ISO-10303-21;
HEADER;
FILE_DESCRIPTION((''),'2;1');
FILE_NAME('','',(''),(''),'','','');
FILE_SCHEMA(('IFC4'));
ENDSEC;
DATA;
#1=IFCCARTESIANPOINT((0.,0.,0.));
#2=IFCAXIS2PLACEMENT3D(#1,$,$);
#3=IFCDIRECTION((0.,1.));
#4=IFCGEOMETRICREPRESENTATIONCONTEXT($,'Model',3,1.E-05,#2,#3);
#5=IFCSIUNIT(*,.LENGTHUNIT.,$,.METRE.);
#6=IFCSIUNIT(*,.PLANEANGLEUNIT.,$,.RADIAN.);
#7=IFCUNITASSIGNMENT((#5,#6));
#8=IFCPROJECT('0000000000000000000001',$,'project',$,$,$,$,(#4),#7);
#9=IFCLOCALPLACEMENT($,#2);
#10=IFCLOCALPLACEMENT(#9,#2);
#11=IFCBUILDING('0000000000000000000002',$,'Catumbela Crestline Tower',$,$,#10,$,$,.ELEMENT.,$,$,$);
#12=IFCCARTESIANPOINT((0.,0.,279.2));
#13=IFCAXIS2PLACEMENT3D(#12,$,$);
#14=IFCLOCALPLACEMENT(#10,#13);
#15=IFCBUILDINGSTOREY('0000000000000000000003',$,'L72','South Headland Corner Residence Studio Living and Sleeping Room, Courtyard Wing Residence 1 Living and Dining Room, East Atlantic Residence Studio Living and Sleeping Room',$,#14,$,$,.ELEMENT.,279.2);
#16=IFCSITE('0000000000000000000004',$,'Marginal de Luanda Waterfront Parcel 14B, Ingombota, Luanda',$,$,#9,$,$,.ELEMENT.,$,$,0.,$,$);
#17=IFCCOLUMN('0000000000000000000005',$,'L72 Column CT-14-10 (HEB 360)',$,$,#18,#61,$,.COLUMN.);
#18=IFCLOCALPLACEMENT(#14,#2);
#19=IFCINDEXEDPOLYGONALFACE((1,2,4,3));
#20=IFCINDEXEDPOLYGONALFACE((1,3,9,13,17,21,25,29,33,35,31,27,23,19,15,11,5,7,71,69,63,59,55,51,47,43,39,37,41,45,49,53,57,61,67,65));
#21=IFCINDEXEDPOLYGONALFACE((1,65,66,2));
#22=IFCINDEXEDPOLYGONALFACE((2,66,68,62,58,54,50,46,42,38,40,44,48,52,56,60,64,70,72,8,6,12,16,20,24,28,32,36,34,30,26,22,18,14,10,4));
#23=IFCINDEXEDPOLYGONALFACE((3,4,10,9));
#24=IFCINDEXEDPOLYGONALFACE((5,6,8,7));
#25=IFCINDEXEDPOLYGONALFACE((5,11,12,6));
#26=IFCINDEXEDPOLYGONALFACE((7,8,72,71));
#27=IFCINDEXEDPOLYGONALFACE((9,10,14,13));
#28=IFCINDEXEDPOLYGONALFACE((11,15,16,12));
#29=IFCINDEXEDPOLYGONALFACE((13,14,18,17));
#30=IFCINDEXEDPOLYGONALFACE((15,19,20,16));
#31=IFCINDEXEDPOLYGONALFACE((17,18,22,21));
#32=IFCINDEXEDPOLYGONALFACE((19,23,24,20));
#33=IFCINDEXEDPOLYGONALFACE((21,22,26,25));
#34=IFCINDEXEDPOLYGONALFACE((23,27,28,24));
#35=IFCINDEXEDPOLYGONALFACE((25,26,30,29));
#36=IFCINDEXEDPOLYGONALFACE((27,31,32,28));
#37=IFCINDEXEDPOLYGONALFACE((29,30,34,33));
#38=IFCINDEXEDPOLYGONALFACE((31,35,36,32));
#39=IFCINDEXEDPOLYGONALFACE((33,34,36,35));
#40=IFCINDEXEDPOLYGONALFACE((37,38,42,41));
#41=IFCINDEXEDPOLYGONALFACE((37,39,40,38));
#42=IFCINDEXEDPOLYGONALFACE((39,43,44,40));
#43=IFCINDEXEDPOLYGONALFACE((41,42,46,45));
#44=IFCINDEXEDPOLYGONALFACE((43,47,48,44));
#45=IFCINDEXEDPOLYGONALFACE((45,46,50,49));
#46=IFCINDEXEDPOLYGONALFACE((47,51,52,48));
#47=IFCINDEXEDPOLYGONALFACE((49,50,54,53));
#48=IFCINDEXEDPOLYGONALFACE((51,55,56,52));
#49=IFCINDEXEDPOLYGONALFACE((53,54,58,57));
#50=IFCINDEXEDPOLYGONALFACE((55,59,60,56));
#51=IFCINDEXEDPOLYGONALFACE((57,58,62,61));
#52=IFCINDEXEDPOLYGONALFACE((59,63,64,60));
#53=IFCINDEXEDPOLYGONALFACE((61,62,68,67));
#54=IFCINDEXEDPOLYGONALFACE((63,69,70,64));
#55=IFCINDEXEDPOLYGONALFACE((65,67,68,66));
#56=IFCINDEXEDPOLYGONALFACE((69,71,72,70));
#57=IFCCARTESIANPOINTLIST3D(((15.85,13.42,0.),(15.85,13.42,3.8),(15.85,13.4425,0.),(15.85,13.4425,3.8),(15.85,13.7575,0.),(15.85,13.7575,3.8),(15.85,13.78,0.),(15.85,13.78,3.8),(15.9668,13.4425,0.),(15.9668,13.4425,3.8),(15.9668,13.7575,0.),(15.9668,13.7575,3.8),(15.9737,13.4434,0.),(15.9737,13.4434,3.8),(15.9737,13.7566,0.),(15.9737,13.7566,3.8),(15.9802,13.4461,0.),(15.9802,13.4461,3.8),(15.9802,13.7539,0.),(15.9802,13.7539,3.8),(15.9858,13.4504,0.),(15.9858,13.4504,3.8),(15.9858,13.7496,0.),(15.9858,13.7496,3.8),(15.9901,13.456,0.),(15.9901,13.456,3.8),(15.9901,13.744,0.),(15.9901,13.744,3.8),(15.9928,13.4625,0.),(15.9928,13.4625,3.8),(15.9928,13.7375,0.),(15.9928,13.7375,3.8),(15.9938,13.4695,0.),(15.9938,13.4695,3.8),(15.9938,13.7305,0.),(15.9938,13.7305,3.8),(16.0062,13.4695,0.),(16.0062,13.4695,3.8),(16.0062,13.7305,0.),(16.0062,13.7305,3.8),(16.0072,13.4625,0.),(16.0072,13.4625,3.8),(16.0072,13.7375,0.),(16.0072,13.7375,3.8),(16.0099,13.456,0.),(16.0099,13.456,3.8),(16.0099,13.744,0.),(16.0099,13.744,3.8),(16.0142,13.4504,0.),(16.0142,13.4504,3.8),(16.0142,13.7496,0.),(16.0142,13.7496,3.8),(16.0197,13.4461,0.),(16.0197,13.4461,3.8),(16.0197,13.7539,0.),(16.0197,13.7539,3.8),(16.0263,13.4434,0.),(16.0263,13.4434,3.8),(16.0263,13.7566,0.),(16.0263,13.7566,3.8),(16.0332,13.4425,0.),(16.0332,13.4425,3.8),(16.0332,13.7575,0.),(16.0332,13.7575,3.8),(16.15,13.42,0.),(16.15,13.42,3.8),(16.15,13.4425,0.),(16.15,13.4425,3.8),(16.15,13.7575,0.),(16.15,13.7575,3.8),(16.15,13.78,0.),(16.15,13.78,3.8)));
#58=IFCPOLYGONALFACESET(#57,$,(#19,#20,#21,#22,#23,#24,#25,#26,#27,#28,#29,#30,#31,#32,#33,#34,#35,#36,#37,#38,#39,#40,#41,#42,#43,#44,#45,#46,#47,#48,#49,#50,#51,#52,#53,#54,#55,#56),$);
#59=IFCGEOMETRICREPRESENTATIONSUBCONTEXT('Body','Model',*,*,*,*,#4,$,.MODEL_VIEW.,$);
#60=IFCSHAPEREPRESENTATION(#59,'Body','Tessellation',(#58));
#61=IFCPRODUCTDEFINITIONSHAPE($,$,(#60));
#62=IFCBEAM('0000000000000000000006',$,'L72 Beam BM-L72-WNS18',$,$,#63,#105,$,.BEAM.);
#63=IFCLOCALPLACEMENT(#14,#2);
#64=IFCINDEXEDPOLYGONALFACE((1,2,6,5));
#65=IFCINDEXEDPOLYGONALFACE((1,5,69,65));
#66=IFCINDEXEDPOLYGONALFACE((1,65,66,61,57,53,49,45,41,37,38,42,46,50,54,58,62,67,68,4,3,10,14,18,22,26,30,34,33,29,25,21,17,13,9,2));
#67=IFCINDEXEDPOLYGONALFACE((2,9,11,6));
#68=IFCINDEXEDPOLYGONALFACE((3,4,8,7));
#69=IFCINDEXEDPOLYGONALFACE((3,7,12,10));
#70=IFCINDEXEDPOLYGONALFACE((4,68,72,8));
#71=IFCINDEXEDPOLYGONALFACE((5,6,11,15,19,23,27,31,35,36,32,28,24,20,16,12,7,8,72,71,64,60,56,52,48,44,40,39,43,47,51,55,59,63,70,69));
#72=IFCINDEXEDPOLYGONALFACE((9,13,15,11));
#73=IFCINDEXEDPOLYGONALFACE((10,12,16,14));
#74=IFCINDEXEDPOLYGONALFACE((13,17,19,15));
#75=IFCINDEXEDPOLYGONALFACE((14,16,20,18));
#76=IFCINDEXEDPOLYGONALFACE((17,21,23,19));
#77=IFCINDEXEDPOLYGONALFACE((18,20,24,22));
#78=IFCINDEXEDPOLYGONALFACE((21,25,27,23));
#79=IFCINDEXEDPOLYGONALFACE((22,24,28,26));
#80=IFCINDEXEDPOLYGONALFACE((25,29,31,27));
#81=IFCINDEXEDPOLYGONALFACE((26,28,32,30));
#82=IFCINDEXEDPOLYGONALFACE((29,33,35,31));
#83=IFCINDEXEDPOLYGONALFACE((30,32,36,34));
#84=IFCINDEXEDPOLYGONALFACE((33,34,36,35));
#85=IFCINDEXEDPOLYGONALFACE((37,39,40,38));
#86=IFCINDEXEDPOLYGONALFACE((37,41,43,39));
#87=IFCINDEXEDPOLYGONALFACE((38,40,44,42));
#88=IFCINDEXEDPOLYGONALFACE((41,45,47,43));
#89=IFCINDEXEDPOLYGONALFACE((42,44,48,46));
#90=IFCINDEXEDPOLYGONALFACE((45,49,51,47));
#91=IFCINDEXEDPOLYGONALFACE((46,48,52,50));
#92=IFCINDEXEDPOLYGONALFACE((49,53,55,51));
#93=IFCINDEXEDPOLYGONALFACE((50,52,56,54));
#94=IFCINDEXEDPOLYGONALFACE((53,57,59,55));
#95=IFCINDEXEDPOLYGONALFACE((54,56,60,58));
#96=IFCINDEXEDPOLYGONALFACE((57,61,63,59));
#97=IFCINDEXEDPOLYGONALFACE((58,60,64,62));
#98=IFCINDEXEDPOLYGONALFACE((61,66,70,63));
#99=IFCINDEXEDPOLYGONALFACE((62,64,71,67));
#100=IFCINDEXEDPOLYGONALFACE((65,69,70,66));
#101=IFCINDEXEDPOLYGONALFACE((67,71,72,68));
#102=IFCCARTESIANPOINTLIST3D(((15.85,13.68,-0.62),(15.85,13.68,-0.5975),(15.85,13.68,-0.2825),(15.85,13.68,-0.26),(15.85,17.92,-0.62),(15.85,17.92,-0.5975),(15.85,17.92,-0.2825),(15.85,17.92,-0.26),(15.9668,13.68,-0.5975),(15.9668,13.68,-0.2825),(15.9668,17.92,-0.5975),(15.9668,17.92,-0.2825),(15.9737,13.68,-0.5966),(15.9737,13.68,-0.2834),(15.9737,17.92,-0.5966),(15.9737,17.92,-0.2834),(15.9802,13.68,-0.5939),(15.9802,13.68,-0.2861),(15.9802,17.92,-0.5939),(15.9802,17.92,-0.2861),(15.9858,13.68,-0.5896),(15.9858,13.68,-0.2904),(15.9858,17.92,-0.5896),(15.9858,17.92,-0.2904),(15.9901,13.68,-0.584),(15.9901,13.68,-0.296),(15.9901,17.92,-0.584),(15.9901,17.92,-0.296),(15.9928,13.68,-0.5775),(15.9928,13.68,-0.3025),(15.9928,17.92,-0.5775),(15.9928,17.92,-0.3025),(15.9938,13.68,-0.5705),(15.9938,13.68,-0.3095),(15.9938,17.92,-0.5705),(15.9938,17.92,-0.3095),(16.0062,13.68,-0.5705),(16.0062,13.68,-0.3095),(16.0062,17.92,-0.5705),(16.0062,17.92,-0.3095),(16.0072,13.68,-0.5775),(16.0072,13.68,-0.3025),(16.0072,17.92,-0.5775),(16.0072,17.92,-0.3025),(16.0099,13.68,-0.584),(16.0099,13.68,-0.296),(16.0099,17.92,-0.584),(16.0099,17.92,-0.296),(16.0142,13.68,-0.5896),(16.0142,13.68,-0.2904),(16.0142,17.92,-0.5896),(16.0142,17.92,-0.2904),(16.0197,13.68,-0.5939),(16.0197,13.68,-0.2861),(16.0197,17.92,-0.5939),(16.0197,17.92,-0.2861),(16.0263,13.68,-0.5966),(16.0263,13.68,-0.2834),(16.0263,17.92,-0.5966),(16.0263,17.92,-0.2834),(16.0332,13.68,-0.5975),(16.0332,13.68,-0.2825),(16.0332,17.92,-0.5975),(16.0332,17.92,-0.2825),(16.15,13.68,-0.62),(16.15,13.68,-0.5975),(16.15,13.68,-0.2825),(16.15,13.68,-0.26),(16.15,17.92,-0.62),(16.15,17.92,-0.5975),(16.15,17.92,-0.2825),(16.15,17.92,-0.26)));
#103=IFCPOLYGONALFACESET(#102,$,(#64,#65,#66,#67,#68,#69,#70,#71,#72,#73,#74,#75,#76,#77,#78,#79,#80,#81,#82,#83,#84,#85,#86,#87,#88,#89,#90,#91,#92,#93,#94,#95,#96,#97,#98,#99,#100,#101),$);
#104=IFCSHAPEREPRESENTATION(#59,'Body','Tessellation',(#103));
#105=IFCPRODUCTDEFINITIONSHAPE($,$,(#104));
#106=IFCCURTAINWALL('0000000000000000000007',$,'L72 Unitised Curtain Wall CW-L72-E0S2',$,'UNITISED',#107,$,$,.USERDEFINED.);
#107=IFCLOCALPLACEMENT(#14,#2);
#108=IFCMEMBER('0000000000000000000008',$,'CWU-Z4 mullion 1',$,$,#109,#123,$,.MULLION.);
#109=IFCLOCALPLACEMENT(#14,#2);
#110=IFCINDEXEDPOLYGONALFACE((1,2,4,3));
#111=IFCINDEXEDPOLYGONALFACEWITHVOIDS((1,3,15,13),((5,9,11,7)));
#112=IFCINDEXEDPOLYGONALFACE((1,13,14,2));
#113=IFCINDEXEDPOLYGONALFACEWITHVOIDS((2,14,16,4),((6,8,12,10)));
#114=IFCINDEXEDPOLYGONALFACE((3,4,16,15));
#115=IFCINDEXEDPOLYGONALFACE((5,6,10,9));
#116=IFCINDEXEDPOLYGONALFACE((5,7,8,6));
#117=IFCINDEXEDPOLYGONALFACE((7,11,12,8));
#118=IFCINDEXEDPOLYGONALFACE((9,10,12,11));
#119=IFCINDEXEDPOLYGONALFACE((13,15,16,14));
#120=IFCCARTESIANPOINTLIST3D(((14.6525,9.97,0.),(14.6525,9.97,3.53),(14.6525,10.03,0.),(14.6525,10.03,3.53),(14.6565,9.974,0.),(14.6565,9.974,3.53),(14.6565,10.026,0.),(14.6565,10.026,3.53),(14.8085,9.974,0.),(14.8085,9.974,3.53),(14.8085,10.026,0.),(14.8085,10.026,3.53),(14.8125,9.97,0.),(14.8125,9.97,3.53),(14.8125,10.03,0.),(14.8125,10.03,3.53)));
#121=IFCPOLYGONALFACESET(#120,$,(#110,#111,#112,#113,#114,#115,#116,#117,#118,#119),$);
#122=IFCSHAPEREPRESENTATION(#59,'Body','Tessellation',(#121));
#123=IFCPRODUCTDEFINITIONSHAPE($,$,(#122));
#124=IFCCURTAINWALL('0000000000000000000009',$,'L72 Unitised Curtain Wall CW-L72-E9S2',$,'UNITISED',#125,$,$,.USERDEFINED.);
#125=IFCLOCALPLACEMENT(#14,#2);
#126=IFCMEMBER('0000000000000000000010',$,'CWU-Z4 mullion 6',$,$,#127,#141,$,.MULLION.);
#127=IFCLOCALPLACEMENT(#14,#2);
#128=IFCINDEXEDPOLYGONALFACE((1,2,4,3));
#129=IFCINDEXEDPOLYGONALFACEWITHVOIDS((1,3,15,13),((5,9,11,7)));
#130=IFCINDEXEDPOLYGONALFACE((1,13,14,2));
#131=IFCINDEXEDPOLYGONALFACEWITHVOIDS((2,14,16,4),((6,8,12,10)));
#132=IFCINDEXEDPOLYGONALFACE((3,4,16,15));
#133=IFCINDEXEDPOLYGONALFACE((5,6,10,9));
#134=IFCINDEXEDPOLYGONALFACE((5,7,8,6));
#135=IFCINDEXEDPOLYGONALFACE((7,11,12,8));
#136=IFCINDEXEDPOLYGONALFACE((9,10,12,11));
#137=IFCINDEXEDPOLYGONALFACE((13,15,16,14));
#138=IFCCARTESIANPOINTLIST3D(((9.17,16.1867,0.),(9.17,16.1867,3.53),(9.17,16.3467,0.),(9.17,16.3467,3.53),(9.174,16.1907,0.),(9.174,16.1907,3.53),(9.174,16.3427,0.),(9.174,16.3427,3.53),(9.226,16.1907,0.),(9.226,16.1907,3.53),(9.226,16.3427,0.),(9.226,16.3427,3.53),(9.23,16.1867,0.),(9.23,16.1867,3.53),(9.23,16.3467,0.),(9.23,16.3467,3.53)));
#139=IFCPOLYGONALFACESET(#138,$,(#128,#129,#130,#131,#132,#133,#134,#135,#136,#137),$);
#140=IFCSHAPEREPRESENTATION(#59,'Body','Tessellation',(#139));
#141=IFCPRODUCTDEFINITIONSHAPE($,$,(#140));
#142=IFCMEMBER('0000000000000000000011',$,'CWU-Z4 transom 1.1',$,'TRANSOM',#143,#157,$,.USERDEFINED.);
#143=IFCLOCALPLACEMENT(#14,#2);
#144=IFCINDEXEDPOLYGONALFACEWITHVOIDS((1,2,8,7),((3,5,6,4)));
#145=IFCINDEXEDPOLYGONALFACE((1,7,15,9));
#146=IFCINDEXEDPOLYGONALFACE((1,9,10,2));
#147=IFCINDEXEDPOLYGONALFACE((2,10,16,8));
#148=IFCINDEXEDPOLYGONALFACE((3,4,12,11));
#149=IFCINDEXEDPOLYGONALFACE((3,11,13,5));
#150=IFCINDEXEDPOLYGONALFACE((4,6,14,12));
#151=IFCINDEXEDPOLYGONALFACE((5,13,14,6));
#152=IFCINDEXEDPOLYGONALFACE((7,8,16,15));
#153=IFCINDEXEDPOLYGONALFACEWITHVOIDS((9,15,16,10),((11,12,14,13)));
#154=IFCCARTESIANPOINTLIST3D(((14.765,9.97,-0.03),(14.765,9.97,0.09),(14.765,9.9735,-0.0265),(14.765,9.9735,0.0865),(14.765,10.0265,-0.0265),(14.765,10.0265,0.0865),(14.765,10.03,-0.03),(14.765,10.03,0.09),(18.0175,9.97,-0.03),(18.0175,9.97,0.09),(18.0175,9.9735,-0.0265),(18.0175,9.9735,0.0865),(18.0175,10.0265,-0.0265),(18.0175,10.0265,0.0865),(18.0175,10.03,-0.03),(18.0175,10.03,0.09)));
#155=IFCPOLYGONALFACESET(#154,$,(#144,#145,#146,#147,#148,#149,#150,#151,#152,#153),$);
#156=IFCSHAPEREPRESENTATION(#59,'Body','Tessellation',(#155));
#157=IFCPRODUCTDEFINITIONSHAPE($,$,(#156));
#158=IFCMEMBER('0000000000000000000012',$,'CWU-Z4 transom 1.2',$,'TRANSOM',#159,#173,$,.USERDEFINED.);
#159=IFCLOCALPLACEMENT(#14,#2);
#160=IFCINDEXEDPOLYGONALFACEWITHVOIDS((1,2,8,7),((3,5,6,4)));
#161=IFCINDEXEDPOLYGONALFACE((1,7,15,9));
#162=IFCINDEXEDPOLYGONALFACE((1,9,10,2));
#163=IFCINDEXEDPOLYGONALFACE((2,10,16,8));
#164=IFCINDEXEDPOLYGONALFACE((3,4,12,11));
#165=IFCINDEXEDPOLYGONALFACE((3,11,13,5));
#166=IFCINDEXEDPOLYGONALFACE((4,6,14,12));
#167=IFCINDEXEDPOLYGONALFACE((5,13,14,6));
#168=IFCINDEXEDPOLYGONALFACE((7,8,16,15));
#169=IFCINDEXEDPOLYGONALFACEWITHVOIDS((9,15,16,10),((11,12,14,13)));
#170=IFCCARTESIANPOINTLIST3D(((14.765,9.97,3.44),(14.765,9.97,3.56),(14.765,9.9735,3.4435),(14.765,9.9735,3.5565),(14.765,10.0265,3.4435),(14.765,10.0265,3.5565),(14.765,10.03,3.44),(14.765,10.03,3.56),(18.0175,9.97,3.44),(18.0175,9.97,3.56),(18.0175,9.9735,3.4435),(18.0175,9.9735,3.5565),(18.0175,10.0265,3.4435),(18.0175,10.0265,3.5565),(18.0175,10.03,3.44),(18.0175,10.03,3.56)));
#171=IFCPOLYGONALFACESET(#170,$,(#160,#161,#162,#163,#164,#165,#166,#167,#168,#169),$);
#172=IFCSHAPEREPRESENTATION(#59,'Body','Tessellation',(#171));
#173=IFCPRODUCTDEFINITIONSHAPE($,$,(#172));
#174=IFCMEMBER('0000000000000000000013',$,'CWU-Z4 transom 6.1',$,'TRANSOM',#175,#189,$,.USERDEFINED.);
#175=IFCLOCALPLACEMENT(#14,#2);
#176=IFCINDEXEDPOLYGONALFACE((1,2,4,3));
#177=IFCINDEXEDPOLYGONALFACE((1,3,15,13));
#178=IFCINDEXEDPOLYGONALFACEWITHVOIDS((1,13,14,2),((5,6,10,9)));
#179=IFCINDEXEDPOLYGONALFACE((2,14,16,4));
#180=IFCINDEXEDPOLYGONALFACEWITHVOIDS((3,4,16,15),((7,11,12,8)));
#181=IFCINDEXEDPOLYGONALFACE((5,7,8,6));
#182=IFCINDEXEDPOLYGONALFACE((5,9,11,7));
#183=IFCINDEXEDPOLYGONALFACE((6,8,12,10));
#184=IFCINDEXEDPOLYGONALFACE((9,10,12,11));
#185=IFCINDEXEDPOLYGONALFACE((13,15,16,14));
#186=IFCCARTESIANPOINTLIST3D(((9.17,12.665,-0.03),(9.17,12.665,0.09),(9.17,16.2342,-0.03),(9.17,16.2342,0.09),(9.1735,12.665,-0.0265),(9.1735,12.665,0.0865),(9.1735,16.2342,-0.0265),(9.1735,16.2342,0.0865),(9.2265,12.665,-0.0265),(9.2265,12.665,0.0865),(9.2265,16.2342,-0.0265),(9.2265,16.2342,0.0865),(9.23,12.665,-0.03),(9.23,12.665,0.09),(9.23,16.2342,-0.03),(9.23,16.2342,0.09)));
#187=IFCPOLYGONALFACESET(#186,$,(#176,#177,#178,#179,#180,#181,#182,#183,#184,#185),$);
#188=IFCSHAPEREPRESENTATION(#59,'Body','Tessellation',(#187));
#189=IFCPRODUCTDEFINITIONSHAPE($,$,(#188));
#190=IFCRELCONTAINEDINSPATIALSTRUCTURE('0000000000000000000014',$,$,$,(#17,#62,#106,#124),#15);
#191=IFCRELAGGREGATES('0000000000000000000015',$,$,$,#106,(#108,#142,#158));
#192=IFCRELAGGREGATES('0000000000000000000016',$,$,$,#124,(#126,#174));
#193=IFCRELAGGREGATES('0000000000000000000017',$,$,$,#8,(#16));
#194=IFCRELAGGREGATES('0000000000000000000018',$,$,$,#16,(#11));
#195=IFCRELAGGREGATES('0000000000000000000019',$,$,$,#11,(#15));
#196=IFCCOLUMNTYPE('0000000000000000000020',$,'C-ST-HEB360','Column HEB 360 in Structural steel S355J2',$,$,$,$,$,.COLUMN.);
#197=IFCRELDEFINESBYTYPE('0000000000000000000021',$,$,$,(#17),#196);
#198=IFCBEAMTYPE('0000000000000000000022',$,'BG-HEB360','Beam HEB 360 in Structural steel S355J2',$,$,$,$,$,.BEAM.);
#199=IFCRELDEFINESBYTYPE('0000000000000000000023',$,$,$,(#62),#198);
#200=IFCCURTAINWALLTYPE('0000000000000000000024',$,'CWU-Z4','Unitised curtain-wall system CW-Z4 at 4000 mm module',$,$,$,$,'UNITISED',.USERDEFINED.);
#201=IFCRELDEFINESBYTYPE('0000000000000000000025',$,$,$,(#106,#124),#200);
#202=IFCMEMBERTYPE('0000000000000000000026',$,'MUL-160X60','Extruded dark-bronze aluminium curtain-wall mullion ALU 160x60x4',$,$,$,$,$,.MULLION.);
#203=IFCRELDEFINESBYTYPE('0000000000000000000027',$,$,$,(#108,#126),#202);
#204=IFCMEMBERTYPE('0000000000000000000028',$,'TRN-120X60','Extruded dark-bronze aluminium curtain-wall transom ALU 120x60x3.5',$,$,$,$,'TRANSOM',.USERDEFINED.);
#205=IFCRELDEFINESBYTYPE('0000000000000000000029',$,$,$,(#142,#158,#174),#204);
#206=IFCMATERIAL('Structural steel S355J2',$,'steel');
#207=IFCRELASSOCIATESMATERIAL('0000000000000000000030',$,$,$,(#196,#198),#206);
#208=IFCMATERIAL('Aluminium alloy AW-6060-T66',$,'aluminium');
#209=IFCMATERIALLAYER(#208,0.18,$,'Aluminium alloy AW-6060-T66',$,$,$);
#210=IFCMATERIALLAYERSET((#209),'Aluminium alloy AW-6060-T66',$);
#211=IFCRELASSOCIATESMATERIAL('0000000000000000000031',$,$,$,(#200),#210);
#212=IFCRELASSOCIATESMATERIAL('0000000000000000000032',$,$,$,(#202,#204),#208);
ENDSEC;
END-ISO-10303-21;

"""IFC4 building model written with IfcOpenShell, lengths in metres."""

from ifc_helpers import new_model, si_unit, direction, frame, origin, origin_2d, place, context, subcontext, project, spatial, hollow_rectangle, i_section, extrude, material, layer, layer_set, material_profile, profile_set, type_object, element, aggregate, save


model = new_model("IFC4")

# Units and contexts
model_context = context("Model", 3, precision=1e-05, world=origin(), true_north=direction((0.0, 1.0)))
body_context = subcontext(model_context, "Body", "Model", "MODEL_VIEW")
ifc_project = project(units=[si_unit("LENGTHUNIT", "METRE"), si_unit("PLANEANGLEUNIT", "RADIAN")], contexts=[model_context])

# Site, building, storey
site_placement = place(None, origin())
site = spatial("IfcSite", under=ifc_project, at=site_placement, Name="Marginal de Luanda Waterfront Parcel 14B, Ingombota, Luanda", CompositionType="ELEMENT", RefElevation=0.0)
building_placement = place(site_placement, origin())
building = spatial("IfcBuilding", under=site, at=building_placement, Name="Catumbela Crestline Tower", CompositionType="ELEMENT")
storey_placement = place(building_placement, frame((0.0, 0.0, 279.2)))
storey = spatial("IfcBuildingStorey", under=building, at=storey_placement, Name="L72", Description="South Headland Corner Residence Studio Living and Sleeping Room, Courtyard Wing Residence 1 Living and Dining Room, East Atlantic Residence Studio Living and Sleeping Room", CompositionType="ELEMENT", Elevation=279.2)

# Column
ifc_material_1 = material(Name="Structural steel S355J2", Category="steel")
ifc_material_profile_1 = material_profile(ifc_material_1, i_section(OverallWidth=0.3, OverallDepth=0.36, WebThickness=0.0125, FlangeThickness=0.0225, FilletRadius=0.027, at=origin_2d()), Name="HEB 360")
ifc_profile_set_1 = profile_set([ifc_material_profile_1], Name="Structural steel S355J2")
column_type = type_object("IfcColumnType", Name="C-ST-HEB360", Description="Column HEB 360 in Structural steel S355J2", PredefinedType="COLUMN", material=ifc_profile_set_1)
column_placement = place(storey_placement, frame((16.0, 13.6, 0.0), z_axis=(0.0, 0.0, 1.0), x_axis=(1.0, 0.0, 0.0)))
element("IfcColumn", 1, at=column_placement, inside=storey, type_object=column_type, Name="L72 Column CT-14-10 (HEB 360)", PredefinedType="COLUMN", context=body_context, shape_type="SweptSolid", body=[
    extrude(i_section(OverallWidth=0.3, OverallDepth=0.36, WebThickness=0.0125, FlangeThickness=0.0225, FilletRadius=0.027, at=origin_2d()), origin(), (0.0, 0.0, 1.0), 3.8),
])

# Beam
ifc_material_profile_2 = material_profile(ifc_material_1, i_section(OverallWidth=0.3, OverallDepth=0.36, WebThickness=0.0125, FlangeThickness=0.0225, FilletRadius=0.027, at=origin_2d()), Name="HEB 360")
ifc_profile_set_2 = profile_set([ifc_material_profile_2], Name="Structural steel S355J2")
beam_type = type_object("IfcBeamType", Name="BG-HEB360", Description="Beam HEB 360 in Structural steel S355J2", PredefinedType="BEAM", material=ifc_profile_set_2)
beam_placement = place(storey_placement, frame((16.0, 13.68, -0.44), z_axis=(0.0, 1.0, 0.0), x_axis=(-1.0, 0.0, 0.0)))
element("IfcBeam", 2, at=beam_placement, inside=storey, type_object=beam_type, Name="L72 Beam BM-L72-WNS18", PredefinedType="BEAM", context=body_context, shape_type="SweptSolid", body=[
    extrude(i_section(OverallWidth=0.3, OverallDepth=0.36, WebThickness=0.0125, FlangeThickness=0.0225, FilletRadius=0.027, at=origin_2d()), origin(), (0.0, 0.0, 1.0), 4.24),
])

# Curtain walls, members
ifc_material_2 = material(Name="Aluminium alloy AW-6060-T66", Category="aluminium")
ifc_layer_1 = layer(ifc_material_2, 0.18, Name="Aluminium alloy AW-6060-T66")
ifc_layer_set_1 = layer_set([ifc_layer_1], Name="Aluminium alloy AW-6060-T66")
curtain_wall_type = type_object("IfcCurtainWallType", Name="CWU-Z4", Description="Unitised curtain-wall system CW-Z4 at 4000 mm module", ElementType="UNITISED", PredefinedType="USERDEFINED", material=ifc_layer_set_1)
curtain_wall_1_placement = place(storey_placement, origin())
curtain_wall_1 = element("IfcCurtainWall", 3, at=curtain_wall_1_placement, inside=storey, type_object=curtain_wall_type, Name="L72 Unitised Curtain Wall CW-L72-E0S2", ObjectType="UNITISED", PredefinedType="USERDEFINED")
ifc_material_profile_3 = material_profile(ifc_material_2, hollow_rectangle(XDim=0.06, YDim=0.16, WallThickness=0.004, at=origin_2d()), Name="ALU 160x60x4")
ifc_profile_set_3 = profile_set([ifc_material_profile_3], Name="Aluminium alloy AW-6060-T66")
member_type_1 = type_object("IfcMemberType", Name="MUL-160X60", Description="Extruded dark-bronze aluminium curtain-wall mullion ALU 160x60x4", PredefinedType="MULLION", material=ifc_profile_set_3)
member_1_placement = place(storey_placement, frame((14.7325, 10.0, 0.0), z_axis=(0.0, 0.0, 1.0), x_axis=(0.0, 1.0, 0.0)))
member_1 = element("IfcMember", 4, at=member_1_placement, type_object=member_type_1, Name="CWU-Z4 mullion 1", PredefinedType="MULLION", context=body_context, shape_type="SweptSolid", body=[
    extrude(hollow_rectangle(XDim=0.06, YDim=0.16, WallThickness=0.004, at=origin_2d()), origin(), (0.0, 0.0, 1.0), 3.53),
])
curtain_wall_2_placement = place(storey_placement, origin())
curtain_wall_2 = element("IfcCurtainWall", 5, at=curtain_wall_2_placement, inside=storey, type_object=curtain_wall_type, Name="L72 Unitised Curtain Wall CW-L72-E9S2", ObjectType="UNITISED", PredefinedType="USERDEFINED")
member_2_placement = place(storey_placement, frame((9.2, 16.2667, 0.0), z_axis=(0.0, 0.0, 1.0), x_axis=(1.0, 0.0, 0.0)))
member_2 = element("IfcMember", 6, at=member_2_placement, type_object=member_type_1, Name="CWU-Z4 mullion 6", PredefinedType="MULLION", context=body_context, shape_type="SweptSolid", body=[
    extrude(hollow_rectangle(XDim=0.06, YDim=0.16, WallThickness=0.004, at=origin_2d()), origin(), (0.0, 0.0, 1.0), 3.53),
])

# Members
ifc_material_profile_4 = material_profile(ifc_material_2, hollow_rectangle(XDim=0.06, YDim=0.12, WallThickness=0.0035, at=origin_2d()), Name="ALU 120x60x3.5")
ifc_profile_set_4 = profile_set([ifc_material_profile_4], Name="Aluminium alloy AW-6060-T66")
member_type_2 = type_object("IfcMemberType", Name="TRN-120X60", Description="Extruded dark-bronze aluminium curtain-wall transom ALU 120x60x3.5", ElementType="TRANSOM", PredefinedType="USERDEFINED", material=ifc_profile_set_4)
member_3_placement = place(storey_placement, frame((14.765, 10.0, 0.03), z_axis=(1.0, 0.0, 0.0), x_axis=(0.0, 1.0, 0.0)))
member_3 = element("IfcMember", 7, at=member_3_placement, type_object=member_type_2, Name="CWU-Z4 transom 1.1", ObjectType="TRANSOM", PredefinedType="USERDEFINED", context=body_context, shape_type="SweptSolid", body=[
    extrude(hollow_rectangle(XDim=0.06, YDim=0.12, WallThickness=0.0035, at=origin_2d()), origin(), (0.0, 0.0, 1.0), 3.2525),
])
member_4_placement = place(storey_placement, frame((14.765, 10.0, 3.5), z_axis=(1.0, 0.0, 0.0), x_axis=(0.0, 1.0, 0.0)))
member_4 = element("IfcMember", 8, at=member_4_placement, type_object=member_type_2, Name="CWU-Z4 transom 1.2", ObjectType="TRANSOM", PredefinedType="USERDEFINED", context=body_context, shape_type="SweptSolid", body=[
    extrude(hollow_rectangle(XDim=0.06, YDim=0.12, WallThickness=0.0035, at=origin_2d()), origin(), (0.0, 0.0, 1.0), 3.2525),
])
aggregate(curtain_wall_1, [member_1, member_3, member_4])
member_5_placement = place(storey_placement, frame((9.2, 16.2342, 0.03), z_axis=(0.0, -1.0, 0.0), x_axis=(1.0, 0.0, 0.0)))
member_5 = element("IfcMember", 9, at=member_5_placement, type_object=member_type_2, Name="CWU-Z4 transom 6.1", ObjectType="TRANSOM", PredefinedType="USERDEFINED", context=body_context, shape_type="SweptSolid", body=[
    extrude(hollow_rectangle(XDim=0.06, YDim=0.12, WallThickness=0.0035, at=origin_2d()), origin(), (0.0, 0.0, 1.0), 3.5692),
])

aggregate(curtain_wall_2, [member_2, member_5])

save(model, "model.ifc")
